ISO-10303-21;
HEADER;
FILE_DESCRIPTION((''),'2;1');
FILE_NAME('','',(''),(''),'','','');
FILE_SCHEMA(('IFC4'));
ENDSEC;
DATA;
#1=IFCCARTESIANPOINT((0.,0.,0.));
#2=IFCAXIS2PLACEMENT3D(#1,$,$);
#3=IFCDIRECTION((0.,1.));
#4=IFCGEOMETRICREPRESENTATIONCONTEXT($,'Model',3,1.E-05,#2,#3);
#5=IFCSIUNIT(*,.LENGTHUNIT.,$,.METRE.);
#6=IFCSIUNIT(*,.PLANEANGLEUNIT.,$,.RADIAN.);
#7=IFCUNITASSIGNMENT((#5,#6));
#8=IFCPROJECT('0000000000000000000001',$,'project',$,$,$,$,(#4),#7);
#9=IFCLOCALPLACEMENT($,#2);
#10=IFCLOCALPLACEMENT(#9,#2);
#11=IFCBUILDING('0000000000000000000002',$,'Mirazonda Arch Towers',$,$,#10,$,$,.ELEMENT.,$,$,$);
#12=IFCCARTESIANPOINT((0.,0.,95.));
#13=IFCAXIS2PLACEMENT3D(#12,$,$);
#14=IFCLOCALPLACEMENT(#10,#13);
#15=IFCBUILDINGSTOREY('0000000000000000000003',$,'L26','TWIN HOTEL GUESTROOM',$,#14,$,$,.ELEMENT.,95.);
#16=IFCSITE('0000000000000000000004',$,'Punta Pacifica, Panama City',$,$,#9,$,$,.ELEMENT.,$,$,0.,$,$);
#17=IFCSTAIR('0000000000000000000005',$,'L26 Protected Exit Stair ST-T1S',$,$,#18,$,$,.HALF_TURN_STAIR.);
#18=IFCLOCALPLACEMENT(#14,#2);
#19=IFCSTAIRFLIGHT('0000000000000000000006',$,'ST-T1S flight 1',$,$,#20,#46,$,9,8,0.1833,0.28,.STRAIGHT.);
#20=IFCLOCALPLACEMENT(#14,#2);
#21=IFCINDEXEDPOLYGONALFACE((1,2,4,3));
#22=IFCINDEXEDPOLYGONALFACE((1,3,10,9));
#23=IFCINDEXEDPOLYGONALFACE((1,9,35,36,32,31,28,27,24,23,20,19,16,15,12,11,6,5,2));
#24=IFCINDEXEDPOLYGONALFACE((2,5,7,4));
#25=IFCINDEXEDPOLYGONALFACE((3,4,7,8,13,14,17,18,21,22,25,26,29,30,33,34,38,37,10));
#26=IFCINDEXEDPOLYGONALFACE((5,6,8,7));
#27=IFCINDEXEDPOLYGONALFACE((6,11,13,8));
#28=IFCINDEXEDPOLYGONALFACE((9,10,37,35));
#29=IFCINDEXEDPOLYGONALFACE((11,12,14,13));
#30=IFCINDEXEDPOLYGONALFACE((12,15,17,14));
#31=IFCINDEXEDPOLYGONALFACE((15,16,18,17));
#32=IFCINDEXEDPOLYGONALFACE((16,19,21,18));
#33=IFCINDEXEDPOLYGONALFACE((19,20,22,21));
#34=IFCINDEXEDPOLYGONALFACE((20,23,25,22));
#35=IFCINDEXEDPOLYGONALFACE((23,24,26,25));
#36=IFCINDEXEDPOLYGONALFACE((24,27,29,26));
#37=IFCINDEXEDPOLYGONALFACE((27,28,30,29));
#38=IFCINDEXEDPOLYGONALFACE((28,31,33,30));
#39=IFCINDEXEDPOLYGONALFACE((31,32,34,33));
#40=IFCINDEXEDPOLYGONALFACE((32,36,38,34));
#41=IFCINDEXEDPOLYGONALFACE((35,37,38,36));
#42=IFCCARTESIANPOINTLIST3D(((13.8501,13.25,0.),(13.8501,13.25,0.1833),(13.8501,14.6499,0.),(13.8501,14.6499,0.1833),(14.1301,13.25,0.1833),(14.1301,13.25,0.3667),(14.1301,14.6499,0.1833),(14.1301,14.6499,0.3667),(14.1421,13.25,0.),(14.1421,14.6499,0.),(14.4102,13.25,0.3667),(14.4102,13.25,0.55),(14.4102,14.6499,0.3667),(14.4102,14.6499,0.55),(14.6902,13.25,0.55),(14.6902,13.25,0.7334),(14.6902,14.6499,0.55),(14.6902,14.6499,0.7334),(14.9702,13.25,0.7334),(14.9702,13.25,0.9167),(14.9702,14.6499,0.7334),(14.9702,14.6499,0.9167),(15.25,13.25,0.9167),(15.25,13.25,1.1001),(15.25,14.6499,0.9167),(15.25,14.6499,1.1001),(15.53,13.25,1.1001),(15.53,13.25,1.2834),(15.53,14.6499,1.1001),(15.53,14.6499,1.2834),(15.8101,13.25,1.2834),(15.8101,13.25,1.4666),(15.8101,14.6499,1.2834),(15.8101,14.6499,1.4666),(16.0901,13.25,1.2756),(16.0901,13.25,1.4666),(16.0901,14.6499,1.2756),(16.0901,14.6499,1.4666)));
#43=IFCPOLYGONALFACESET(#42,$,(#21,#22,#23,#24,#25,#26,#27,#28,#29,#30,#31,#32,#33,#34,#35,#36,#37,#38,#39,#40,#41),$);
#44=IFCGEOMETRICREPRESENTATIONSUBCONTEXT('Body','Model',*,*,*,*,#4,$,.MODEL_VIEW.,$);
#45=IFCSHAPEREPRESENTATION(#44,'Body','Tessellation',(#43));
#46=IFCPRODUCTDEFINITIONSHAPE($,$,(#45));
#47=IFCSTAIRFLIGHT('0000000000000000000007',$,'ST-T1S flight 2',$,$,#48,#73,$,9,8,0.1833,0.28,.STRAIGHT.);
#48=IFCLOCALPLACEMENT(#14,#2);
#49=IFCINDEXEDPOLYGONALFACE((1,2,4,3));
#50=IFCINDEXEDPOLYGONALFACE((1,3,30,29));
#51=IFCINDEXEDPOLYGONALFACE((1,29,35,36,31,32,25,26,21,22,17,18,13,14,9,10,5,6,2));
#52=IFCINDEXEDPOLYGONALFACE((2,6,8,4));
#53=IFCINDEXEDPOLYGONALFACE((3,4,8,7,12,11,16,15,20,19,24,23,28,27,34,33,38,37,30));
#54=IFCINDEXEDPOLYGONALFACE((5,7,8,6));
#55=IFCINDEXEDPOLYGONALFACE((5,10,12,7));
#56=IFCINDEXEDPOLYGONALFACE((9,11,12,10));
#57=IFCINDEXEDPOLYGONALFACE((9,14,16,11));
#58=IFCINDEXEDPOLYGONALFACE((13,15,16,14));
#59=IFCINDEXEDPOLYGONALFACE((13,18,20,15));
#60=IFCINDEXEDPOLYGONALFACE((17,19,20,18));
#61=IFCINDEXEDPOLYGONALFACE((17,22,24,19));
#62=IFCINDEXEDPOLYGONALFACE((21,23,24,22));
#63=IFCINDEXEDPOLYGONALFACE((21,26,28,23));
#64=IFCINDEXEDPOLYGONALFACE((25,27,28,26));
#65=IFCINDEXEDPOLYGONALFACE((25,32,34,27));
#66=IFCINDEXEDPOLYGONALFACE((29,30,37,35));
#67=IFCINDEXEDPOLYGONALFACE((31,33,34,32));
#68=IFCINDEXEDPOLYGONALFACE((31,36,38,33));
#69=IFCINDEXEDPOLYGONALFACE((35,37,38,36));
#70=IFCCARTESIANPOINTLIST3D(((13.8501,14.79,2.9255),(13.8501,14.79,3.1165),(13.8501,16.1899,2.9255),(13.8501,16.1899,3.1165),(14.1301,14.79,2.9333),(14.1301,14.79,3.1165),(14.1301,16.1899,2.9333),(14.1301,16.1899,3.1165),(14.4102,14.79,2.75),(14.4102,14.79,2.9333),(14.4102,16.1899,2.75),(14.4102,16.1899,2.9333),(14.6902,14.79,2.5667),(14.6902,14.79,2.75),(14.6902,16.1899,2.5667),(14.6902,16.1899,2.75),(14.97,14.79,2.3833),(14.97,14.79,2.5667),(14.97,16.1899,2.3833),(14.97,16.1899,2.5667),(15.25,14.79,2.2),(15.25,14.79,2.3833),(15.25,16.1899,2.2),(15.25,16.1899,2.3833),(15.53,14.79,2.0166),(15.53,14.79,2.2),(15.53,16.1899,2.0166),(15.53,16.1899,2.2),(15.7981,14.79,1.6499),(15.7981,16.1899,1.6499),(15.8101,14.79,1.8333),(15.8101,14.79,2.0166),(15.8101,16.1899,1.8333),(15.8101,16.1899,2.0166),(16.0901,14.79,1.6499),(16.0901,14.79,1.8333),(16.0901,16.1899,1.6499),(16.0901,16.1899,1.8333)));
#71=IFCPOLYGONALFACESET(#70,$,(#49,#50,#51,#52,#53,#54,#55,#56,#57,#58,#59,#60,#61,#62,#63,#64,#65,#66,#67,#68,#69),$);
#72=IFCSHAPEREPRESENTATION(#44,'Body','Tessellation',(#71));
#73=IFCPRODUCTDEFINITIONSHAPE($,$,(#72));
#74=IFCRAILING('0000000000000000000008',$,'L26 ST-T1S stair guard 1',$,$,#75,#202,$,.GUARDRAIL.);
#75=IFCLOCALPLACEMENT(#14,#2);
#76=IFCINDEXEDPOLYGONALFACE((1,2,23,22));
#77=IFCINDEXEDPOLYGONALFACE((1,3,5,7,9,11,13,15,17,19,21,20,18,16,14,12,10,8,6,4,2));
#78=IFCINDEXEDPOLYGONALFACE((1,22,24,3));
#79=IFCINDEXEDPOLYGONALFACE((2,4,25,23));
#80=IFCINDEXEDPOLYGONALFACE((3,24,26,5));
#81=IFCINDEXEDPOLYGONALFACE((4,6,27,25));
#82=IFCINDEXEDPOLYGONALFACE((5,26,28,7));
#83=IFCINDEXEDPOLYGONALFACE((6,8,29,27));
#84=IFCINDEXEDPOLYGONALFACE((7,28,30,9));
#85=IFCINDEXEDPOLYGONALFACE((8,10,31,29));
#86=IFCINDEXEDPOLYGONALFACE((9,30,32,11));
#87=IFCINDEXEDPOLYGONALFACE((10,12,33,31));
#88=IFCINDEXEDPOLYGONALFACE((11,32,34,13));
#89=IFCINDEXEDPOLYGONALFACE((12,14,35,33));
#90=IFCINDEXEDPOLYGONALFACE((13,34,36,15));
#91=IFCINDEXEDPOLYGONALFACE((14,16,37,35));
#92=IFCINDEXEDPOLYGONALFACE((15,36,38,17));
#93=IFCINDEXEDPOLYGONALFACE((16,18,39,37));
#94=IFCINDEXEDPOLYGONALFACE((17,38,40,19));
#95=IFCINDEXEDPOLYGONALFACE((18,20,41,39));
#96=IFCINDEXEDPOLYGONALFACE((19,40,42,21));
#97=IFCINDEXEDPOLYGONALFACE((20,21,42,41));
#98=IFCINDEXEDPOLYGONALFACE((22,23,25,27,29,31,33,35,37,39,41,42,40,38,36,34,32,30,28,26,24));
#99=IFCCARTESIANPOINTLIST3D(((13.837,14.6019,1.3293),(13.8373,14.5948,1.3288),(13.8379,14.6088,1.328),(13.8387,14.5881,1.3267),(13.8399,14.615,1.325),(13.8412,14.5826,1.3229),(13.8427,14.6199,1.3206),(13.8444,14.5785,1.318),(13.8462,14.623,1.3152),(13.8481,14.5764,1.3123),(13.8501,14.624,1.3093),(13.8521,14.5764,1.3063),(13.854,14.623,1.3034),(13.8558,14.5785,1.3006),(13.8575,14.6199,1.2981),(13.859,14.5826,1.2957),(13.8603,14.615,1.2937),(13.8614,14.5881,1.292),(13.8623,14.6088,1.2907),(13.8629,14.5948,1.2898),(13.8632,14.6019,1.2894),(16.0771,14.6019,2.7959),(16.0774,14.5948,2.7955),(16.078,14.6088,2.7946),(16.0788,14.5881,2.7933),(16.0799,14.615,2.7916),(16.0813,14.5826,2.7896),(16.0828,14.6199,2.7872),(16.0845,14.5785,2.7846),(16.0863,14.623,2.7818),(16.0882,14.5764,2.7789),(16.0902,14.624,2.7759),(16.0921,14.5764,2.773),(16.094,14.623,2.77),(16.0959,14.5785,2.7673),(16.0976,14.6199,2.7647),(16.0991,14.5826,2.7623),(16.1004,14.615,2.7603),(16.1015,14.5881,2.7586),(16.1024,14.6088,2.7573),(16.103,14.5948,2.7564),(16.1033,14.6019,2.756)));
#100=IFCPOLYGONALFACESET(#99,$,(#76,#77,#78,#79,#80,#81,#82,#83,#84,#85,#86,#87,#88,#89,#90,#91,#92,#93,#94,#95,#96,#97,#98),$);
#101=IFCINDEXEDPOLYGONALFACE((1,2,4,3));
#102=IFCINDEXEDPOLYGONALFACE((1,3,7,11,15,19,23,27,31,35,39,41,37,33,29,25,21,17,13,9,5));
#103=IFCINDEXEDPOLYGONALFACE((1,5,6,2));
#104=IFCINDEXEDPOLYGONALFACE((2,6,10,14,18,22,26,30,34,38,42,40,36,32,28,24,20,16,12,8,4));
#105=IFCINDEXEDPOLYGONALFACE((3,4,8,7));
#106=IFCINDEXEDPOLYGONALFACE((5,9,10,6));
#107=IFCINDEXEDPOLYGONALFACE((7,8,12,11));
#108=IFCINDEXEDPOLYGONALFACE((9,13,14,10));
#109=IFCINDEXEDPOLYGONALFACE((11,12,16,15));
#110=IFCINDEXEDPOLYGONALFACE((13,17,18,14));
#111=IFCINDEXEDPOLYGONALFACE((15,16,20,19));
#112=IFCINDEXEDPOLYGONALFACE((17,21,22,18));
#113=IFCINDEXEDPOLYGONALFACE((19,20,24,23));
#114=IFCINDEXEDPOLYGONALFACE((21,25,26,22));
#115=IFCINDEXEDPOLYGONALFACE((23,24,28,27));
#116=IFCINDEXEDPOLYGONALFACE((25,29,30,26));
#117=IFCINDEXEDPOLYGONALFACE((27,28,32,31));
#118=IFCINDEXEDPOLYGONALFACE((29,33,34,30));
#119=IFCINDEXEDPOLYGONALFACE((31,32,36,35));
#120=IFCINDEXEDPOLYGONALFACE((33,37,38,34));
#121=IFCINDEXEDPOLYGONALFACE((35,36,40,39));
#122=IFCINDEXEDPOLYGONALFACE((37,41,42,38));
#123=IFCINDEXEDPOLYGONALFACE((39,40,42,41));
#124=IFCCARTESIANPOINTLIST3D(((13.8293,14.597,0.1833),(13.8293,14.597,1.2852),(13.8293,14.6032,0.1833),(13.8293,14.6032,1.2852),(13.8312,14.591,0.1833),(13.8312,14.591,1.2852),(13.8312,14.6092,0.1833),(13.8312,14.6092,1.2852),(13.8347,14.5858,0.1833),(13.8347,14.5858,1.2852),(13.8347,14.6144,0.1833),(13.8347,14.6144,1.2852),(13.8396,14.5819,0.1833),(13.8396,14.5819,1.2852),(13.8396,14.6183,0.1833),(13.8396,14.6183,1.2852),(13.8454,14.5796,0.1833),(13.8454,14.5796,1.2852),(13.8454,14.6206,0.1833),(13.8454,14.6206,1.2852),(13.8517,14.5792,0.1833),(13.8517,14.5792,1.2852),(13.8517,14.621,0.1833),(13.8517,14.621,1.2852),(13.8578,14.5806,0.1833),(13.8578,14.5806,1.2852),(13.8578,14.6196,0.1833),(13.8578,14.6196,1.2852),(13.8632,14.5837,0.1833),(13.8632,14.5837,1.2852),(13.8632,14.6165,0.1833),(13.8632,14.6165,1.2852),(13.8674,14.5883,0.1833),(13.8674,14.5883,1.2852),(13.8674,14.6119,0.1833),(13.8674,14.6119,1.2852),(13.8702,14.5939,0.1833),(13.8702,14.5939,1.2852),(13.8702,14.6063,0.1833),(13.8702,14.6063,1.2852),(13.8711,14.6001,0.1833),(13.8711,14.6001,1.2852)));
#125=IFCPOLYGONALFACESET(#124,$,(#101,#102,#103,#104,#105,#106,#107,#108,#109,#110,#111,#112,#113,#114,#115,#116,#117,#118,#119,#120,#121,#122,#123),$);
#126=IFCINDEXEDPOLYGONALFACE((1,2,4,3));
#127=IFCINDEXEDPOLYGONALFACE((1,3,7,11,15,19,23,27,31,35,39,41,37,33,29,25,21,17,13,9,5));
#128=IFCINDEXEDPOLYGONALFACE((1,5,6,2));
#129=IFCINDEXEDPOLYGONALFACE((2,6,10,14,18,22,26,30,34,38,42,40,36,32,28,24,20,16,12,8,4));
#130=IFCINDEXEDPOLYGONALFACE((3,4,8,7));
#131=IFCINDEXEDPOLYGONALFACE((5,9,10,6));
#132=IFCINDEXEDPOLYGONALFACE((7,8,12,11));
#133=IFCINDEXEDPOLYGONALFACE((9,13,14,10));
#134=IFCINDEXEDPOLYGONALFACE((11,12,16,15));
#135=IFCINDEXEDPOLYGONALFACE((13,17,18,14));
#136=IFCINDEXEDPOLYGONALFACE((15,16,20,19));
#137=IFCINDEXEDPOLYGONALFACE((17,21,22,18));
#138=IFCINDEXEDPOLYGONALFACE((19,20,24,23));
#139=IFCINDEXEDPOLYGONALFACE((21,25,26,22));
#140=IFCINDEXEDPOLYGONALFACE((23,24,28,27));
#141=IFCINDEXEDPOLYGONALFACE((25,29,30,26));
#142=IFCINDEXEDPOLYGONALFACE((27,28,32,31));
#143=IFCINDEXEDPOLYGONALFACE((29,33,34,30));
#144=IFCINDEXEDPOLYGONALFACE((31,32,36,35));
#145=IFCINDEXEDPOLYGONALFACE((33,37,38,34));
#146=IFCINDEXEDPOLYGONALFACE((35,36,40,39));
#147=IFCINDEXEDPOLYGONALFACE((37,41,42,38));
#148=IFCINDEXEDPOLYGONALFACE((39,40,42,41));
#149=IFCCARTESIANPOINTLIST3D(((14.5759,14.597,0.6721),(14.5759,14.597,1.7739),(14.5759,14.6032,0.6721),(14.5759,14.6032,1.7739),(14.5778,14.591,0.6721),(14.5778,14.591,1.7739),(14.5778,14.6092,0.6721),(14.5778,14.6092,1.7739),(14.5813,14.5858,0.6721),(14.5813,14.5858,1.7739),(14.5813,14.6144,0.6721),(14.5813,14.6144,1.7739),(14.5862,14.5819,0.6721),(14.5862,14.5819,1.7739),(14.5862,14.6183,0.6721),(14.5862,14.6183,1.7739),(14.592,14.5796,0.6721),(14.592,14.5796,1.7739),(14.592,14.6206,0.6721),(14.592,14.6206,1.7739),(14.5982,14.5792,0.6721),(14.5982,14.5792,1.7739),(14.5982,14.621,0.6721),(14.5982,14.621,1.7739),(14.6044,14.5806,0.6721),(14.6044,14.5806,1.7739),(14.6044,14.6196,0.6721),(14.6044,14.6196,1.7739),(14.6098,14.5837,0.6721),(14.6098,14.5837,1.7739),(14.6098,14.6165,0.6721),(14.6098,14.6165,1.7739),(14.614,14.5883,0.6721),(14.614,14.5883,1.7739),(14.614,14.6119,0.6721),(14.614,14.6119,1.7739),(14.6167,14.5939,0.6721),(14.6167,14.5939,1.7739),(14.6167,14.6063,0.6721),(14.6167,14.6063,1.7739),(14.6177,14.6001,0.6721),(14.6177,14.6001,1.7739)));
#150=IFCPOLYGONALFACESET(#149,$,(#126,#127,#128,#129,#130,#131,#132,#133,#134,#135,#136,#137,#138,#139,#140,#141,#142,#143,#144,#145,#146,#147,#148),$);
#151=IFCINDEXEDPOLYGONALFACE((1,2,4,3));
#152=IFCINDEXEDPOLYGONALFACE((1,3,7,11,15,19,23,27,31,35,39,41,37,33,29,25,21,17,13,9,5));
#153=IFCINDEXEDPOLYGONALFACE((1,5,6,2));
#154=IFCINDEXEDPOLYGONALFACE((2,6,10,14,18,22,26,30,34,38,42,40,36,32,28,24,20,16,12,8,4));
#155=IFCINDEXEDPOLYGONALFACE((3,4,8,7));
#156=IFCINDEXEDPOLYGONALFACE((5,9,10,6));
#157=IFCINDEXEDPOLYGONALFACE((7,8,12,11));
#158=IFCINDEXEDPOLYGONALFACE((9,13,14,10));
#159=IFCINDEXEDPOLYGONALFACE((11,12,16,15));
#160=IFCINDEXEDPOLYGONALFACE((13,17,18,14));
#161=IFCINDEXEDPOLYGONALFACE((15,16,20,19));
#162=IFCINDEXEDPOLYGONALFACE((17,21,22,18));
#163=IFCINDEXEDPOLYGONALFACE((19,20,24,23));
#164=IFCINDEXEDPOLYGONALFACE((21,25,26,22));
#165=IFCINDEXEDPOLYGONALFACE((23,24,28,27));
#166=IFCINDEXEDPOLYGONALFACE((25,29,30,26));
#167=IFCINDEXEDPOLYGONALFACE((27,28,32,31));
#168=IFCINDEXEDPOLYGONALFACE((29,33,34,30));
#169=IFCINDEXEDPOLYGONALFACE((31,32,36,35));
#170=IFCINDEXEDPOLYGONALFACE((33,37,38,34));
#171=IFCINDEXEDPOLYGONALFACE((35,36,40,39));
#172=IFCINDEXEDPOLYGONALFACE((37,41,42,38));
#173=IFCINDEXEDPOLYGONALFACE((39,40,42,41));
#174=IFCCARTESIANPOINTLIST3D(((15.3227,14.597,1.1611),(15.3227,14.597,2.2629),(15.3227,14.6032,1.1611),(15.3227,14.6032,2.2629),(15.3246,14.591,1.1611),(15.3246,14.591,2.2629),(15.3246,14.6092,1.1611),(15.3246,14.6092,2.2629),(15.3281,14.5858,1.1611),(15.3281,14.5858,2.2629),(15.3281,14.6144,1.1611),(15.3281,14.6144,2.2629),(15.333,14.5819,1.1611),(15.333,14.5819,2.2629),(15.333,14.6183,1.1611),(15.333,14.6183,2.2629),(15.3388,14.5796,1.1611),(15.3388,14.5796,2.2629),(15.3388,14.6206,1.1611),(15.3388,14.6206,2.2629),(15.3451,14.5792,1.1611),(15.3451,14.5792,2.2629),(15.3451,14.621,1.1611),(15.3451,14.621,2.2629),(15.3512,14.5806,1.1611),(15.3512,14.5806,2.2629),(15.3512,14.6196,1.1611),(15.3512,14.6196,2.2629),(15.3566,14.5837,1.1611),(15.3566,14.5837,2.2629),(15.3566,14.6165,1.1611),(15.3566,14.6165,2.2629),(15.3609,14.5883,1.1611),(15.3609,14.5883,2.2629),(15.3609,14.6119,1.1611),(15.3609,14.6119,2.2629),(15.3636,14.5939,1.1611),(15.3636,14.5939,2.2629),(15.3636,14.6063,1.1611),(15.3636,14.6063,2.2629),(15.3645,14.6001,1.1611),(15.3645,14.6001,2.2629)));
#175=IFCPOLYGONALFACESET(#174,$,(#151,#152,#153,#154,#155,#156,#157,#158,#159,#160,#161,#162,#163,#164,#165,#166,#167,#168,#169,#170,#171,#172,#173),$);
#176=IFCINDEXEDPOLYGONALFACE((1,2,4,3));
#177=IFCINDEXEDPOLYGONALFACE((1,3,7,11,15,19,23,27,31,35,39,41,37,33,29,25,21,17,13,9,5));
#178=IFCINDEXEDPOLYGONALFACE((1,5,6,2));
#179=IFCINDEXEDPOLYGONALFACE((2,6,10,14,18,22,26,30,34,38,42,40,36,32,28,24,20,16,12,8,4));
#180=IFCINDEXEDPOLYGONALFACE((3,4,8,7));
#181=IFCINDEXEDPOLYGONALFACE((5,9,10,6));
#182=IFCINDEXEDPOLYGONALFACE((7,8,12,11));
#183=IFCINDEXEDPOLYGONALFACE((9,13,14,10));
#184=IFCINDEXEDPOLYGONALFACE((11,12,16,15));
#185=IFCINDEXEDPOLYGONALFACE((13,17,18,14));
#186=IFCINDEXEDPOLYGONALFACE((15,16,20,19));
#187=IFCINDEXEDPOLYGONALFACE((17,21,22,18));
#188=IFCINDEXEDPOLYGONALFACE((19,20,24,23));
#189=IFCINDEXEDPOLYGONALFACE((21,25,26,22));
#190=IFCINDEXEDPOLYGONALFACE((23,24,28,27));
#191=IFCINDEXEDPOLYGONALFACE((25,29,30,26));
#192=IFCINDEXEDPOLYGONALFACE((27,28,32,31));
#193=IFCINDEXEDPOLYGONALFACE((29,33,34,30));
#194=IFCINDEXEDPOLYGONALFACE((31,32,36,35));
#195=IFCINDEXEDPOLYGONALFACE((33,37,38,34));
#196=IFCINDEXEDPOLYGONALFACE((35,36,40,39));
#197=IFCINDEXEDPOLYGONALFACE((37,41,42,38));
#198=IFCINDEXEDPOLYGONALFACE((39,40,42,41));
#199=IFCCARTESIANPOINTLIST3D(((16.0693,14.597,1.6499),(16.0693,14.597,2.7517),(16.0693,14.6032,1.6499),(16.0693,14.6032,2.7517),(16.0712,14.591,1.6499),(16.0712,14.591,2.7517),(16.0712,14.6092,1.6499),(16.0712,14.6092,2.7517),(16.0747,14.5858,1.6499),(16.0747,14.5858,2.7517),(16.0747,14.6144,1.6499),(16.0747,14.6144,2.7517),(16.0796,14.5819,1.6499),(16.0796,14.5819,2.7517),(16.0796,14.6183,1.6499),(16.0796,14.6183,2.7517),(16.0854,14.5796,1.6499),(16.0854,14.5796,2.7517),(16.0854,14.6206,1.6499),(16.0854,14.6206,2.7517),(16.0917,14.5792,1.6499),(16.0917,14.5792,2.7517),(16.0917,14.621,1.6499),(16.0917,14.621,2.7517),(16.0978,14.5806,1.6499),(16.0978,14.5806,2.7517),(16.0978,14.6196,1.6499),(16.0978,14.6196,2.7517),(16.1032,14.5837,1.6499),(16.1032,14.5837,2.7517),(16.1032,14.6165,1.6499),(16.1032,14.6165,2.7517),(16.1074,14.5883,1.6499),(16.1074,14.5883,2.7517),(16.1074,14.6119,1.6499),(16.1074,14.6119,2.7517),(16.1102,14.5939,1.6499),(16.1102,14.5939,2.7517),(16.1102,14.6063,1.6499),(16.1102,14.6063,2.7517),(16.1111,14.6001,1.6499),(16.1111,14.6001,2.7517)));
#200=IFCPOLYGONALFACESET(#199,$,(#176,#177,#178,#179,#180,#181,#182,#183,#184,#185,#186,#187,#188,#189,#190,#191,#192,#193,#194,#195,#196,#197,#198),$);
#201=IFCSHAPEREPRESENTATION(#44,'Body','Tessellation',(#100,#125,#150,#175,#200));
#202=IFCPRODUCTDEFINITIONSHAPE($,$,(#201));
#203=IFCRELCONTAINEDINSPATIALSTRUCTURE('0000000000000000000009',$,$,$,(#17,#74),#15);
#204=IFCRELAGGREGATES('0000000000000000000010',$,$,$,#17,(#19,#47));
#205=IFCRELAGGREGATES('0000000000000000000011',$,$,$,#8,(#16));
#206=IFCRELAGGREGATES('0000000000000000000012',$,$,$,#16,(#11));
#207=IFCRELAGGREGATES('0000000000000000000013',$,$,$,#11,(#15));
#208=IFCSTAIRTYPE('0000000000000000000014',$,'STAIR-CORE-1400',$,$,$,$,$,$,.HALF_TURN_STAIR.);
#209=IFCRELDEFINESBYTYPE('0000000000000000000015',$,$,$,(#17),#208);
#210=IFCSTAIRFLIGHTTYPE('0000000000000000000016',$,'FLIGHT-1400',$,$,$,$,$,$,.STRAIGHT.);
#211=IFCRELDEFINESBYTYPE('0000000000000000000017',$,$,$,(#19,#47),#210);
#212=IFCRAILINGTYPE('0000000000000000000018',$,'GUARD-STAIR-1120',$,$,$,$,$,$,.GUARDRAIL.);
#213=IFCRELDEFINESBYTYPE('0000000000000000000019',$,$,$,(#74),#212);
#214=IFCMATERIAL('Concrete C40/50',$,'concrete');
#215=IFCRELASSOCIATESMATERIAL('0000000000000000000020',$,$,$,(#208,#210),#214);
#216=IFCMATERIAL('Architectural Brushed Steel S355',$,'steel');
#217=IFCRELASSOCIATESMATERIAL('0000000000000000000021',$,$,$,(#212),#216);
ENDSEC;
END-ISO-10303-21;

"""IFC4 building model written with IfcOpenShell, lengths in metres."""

from ifc_helpers import new_model, si_unit, direction, frame, origin, origin_2d, place, context, subcontext, project, spatial, polyline, circle, outline, extrude, material, type_object, element, aggregate, save


model = new_model("IFC4")

# Units and contexts
model_context = context("Model", 3, precision=1e-05, world=origin(), true_north=direction((0.0, 1.0)))
body_context = subcontext(model_context, "Body", "Model", "MODEL_VIEW")
ifc_project = project(units=[si_unit("LENGTHUNIT", "METRE"), si_unit("PLANEANGLEUNIT", "RADIAN")], contexts=[model_context])

# Site, building, storey
site_placement = place(None, origin())
site = spatial("IfcSite", under=ifc_project, at=site_placement, Name="Punta Pacifica, Panama City", CompositionType="ELEMENT", RefElevation=0.0)
building_placement = place(site_placement, origin())
building = spatial("IfcBuilding", under=site, at=building_placement, Name="Mirazonda Arch Towers", CompositionType="ELEMENT")
storey_placement = place(building_placement, frame((0.0, 0.0, 95.0)))
storey = spatial("IfcBuildingStorey", under=building, at=storey_placement, Name="L26", Description="TWIN HOTEL GUESTROOM", CompositionType="ELEMENT", Elevation=95.0)

# Stair, stair flights
ifc_material_1 = material(Name="Concrete C40/50", Category="concrete")
stair_type = type_object("IfcStairType", Name="STAIR-CORE-1400", PredefinedType="HALF_TURN_STAIR", material=ifc_material_1)
stair_placement = place(storey_placement, origin())
stair = element("IfcStair", 1, at=stair_placement, inside=storey, type_object=stair_type, Name="L26 Protected Exit Stair ST-T1S", PredefinedType="HALF_TURN_STAIR")
stair_flight_type = type_object("IfcStairFlightType", Name="FLIGHT-1400", PredefinedType="STRAIGHT", material=ifc_material_1)
stair_flight_1_placement = place(storey_placement, frame((13.8501, 13.95, 0.0), z_axis=(0.0, 0.0, 1.0), x_axis=(1.0, 0.0, 0.0)))
stair_flight_1 = element("IfcStairFlight", 2, at=stair_flight_1_placement, type_object=stair_flight_type, Name="ST-T1S flight 1", NumberOfRisers=9, NumberOfTreads=8, PredefinedType="STRAIGHT", RiserHeight=0.1833, TreadLength=0.28, context=body_context, shape_type="SweptSolid", body=[
    extrude(outline(polyline([(0.0, 0.0), (0.0, 0.1833), (0.28, 0.1833), (0.28, 0.3667), (0.5601, 0.3667), (0.5601, 0.55), (0.8401, 0.55), (0.8401, 0.7334), (1.1201, 0.7334), (1.1201, 0.9167), (1.3999, 0.9167), (1.3999, 1.1001), (1.6799, 1.1001), (1.6799, 1.2834), (1.96, 1.2834), (1.96, 1.4666), (2.24, 1.4666), (2.24, 1.6499), (2.24, 1.2756), (0.292, 0.0), (0.0, 0.0)])), frame((0.0, 0.7, 0.0), z_axis=(0.0, -1.0, 0.0), x_axis=(1.0, 0.0, 0.0)), (0.0, 0.0, 1.0), 1.3999),
])
stair_flight_2_placement = place(storey_placement, frame((16.0901, 15.49, 1.6499), z_axis=(0.0, 0.0, 1.0), x_axis=(-1.0, 0.0, 0.0)))
stair_flight_2 = element("IfcStairFlight", 3, at=stair_flight_2_placement, type_object=stair_flight_type, Name="ST-T1S flight 2", NumberOfRisers=9, NumberOfTreads=8, PredefinedType="STRAIGHT", RiserHeight=0.1833, TreadLength=0.28, context=body_context, shape_type="SweptSolid", body=[
    extrude(outline(polyline([(0.0, 0.0), (0.0, 0.1833), (0.28, 0.1833), (0.28, 0.3667), (0.5601, 0.3667), (0.5601, 0.55), (0.8401, 0.55), (0.8401, 0.7334), (1.1201, 0.7334), (1.1201, 0.9167), (1.3999, 0.9167), (1.3999, 1.1001), (1.6799, 1.1001), (1.6799, 1.2834), (1.96, 1.2834), (1.96, 1.4666), (2.24, 1.4666), (2.24, 1.6499), (2.24, 1.2756), (0.292, 0.0), (0.0, 0.0)])), frame((0.0, 0.7, 0.0), z_axis=(0.0, -1.0, 0.0), x_axis=(1.0, 0.0, 0.0)), (0.0, 0.0, 1.0), 1.3999),
])
aggregate(stair, [stair_flight_1, stair_flight_2])

# Railing
ifc_material_2 = material(Name="Architectural Brushed Steel S355", Category="steel")
railing_type_1 = type_object("IfcRailingType", Name="GUARD-STAIR-1120", PredefinedType="GUARDRAIL", material=ifc_material_2)
railing_1_placement = place(storey_placement, frame((13.8501, 14.6001, 0.1833)))
element("IfcRailing", 4, at=railing_1_placement, inside=storey, type_object=railing_type_1, Name="L26 ST-T1S stair guard 1", PredefinedType="GUARDRAIL", context=body_context, shape_type="SweptSolid", body=[
    extrude(circle(Radius=0.0239, at=origin_2d()), frame((0.0, 0.0, 1.126), z_axis=(0.836637, 0.0, 0.547758), x_axis=(0.0, 1.0, 0.0)), (0.0, 0.0, 1.0), 2.6775),
    extrude(circle(Radius=0.021, at=origin_2d()), origin(), (0.0, 0.0, 1.0), 1.1018),
    extrude(circle(Radius=0.021, at=origin_2d()), frame((0.7466, 0.0, 0.4888)), (0.0, 0.0, 1.0), 1.1018),
    extrude(circle(Radius=0.021, at=origin_2d()), frame((1.4934, 0.0, 0.9778)), (0.0, 0.0, 1.0), 1.1018),
    extrude(circle(Radius=0.021, at=origin_2d()), frame((2.24, 0.0, 1.4666)), (0.0, 0.0, 1.0), 1.1018),
])

save(model, "model.ifc")
